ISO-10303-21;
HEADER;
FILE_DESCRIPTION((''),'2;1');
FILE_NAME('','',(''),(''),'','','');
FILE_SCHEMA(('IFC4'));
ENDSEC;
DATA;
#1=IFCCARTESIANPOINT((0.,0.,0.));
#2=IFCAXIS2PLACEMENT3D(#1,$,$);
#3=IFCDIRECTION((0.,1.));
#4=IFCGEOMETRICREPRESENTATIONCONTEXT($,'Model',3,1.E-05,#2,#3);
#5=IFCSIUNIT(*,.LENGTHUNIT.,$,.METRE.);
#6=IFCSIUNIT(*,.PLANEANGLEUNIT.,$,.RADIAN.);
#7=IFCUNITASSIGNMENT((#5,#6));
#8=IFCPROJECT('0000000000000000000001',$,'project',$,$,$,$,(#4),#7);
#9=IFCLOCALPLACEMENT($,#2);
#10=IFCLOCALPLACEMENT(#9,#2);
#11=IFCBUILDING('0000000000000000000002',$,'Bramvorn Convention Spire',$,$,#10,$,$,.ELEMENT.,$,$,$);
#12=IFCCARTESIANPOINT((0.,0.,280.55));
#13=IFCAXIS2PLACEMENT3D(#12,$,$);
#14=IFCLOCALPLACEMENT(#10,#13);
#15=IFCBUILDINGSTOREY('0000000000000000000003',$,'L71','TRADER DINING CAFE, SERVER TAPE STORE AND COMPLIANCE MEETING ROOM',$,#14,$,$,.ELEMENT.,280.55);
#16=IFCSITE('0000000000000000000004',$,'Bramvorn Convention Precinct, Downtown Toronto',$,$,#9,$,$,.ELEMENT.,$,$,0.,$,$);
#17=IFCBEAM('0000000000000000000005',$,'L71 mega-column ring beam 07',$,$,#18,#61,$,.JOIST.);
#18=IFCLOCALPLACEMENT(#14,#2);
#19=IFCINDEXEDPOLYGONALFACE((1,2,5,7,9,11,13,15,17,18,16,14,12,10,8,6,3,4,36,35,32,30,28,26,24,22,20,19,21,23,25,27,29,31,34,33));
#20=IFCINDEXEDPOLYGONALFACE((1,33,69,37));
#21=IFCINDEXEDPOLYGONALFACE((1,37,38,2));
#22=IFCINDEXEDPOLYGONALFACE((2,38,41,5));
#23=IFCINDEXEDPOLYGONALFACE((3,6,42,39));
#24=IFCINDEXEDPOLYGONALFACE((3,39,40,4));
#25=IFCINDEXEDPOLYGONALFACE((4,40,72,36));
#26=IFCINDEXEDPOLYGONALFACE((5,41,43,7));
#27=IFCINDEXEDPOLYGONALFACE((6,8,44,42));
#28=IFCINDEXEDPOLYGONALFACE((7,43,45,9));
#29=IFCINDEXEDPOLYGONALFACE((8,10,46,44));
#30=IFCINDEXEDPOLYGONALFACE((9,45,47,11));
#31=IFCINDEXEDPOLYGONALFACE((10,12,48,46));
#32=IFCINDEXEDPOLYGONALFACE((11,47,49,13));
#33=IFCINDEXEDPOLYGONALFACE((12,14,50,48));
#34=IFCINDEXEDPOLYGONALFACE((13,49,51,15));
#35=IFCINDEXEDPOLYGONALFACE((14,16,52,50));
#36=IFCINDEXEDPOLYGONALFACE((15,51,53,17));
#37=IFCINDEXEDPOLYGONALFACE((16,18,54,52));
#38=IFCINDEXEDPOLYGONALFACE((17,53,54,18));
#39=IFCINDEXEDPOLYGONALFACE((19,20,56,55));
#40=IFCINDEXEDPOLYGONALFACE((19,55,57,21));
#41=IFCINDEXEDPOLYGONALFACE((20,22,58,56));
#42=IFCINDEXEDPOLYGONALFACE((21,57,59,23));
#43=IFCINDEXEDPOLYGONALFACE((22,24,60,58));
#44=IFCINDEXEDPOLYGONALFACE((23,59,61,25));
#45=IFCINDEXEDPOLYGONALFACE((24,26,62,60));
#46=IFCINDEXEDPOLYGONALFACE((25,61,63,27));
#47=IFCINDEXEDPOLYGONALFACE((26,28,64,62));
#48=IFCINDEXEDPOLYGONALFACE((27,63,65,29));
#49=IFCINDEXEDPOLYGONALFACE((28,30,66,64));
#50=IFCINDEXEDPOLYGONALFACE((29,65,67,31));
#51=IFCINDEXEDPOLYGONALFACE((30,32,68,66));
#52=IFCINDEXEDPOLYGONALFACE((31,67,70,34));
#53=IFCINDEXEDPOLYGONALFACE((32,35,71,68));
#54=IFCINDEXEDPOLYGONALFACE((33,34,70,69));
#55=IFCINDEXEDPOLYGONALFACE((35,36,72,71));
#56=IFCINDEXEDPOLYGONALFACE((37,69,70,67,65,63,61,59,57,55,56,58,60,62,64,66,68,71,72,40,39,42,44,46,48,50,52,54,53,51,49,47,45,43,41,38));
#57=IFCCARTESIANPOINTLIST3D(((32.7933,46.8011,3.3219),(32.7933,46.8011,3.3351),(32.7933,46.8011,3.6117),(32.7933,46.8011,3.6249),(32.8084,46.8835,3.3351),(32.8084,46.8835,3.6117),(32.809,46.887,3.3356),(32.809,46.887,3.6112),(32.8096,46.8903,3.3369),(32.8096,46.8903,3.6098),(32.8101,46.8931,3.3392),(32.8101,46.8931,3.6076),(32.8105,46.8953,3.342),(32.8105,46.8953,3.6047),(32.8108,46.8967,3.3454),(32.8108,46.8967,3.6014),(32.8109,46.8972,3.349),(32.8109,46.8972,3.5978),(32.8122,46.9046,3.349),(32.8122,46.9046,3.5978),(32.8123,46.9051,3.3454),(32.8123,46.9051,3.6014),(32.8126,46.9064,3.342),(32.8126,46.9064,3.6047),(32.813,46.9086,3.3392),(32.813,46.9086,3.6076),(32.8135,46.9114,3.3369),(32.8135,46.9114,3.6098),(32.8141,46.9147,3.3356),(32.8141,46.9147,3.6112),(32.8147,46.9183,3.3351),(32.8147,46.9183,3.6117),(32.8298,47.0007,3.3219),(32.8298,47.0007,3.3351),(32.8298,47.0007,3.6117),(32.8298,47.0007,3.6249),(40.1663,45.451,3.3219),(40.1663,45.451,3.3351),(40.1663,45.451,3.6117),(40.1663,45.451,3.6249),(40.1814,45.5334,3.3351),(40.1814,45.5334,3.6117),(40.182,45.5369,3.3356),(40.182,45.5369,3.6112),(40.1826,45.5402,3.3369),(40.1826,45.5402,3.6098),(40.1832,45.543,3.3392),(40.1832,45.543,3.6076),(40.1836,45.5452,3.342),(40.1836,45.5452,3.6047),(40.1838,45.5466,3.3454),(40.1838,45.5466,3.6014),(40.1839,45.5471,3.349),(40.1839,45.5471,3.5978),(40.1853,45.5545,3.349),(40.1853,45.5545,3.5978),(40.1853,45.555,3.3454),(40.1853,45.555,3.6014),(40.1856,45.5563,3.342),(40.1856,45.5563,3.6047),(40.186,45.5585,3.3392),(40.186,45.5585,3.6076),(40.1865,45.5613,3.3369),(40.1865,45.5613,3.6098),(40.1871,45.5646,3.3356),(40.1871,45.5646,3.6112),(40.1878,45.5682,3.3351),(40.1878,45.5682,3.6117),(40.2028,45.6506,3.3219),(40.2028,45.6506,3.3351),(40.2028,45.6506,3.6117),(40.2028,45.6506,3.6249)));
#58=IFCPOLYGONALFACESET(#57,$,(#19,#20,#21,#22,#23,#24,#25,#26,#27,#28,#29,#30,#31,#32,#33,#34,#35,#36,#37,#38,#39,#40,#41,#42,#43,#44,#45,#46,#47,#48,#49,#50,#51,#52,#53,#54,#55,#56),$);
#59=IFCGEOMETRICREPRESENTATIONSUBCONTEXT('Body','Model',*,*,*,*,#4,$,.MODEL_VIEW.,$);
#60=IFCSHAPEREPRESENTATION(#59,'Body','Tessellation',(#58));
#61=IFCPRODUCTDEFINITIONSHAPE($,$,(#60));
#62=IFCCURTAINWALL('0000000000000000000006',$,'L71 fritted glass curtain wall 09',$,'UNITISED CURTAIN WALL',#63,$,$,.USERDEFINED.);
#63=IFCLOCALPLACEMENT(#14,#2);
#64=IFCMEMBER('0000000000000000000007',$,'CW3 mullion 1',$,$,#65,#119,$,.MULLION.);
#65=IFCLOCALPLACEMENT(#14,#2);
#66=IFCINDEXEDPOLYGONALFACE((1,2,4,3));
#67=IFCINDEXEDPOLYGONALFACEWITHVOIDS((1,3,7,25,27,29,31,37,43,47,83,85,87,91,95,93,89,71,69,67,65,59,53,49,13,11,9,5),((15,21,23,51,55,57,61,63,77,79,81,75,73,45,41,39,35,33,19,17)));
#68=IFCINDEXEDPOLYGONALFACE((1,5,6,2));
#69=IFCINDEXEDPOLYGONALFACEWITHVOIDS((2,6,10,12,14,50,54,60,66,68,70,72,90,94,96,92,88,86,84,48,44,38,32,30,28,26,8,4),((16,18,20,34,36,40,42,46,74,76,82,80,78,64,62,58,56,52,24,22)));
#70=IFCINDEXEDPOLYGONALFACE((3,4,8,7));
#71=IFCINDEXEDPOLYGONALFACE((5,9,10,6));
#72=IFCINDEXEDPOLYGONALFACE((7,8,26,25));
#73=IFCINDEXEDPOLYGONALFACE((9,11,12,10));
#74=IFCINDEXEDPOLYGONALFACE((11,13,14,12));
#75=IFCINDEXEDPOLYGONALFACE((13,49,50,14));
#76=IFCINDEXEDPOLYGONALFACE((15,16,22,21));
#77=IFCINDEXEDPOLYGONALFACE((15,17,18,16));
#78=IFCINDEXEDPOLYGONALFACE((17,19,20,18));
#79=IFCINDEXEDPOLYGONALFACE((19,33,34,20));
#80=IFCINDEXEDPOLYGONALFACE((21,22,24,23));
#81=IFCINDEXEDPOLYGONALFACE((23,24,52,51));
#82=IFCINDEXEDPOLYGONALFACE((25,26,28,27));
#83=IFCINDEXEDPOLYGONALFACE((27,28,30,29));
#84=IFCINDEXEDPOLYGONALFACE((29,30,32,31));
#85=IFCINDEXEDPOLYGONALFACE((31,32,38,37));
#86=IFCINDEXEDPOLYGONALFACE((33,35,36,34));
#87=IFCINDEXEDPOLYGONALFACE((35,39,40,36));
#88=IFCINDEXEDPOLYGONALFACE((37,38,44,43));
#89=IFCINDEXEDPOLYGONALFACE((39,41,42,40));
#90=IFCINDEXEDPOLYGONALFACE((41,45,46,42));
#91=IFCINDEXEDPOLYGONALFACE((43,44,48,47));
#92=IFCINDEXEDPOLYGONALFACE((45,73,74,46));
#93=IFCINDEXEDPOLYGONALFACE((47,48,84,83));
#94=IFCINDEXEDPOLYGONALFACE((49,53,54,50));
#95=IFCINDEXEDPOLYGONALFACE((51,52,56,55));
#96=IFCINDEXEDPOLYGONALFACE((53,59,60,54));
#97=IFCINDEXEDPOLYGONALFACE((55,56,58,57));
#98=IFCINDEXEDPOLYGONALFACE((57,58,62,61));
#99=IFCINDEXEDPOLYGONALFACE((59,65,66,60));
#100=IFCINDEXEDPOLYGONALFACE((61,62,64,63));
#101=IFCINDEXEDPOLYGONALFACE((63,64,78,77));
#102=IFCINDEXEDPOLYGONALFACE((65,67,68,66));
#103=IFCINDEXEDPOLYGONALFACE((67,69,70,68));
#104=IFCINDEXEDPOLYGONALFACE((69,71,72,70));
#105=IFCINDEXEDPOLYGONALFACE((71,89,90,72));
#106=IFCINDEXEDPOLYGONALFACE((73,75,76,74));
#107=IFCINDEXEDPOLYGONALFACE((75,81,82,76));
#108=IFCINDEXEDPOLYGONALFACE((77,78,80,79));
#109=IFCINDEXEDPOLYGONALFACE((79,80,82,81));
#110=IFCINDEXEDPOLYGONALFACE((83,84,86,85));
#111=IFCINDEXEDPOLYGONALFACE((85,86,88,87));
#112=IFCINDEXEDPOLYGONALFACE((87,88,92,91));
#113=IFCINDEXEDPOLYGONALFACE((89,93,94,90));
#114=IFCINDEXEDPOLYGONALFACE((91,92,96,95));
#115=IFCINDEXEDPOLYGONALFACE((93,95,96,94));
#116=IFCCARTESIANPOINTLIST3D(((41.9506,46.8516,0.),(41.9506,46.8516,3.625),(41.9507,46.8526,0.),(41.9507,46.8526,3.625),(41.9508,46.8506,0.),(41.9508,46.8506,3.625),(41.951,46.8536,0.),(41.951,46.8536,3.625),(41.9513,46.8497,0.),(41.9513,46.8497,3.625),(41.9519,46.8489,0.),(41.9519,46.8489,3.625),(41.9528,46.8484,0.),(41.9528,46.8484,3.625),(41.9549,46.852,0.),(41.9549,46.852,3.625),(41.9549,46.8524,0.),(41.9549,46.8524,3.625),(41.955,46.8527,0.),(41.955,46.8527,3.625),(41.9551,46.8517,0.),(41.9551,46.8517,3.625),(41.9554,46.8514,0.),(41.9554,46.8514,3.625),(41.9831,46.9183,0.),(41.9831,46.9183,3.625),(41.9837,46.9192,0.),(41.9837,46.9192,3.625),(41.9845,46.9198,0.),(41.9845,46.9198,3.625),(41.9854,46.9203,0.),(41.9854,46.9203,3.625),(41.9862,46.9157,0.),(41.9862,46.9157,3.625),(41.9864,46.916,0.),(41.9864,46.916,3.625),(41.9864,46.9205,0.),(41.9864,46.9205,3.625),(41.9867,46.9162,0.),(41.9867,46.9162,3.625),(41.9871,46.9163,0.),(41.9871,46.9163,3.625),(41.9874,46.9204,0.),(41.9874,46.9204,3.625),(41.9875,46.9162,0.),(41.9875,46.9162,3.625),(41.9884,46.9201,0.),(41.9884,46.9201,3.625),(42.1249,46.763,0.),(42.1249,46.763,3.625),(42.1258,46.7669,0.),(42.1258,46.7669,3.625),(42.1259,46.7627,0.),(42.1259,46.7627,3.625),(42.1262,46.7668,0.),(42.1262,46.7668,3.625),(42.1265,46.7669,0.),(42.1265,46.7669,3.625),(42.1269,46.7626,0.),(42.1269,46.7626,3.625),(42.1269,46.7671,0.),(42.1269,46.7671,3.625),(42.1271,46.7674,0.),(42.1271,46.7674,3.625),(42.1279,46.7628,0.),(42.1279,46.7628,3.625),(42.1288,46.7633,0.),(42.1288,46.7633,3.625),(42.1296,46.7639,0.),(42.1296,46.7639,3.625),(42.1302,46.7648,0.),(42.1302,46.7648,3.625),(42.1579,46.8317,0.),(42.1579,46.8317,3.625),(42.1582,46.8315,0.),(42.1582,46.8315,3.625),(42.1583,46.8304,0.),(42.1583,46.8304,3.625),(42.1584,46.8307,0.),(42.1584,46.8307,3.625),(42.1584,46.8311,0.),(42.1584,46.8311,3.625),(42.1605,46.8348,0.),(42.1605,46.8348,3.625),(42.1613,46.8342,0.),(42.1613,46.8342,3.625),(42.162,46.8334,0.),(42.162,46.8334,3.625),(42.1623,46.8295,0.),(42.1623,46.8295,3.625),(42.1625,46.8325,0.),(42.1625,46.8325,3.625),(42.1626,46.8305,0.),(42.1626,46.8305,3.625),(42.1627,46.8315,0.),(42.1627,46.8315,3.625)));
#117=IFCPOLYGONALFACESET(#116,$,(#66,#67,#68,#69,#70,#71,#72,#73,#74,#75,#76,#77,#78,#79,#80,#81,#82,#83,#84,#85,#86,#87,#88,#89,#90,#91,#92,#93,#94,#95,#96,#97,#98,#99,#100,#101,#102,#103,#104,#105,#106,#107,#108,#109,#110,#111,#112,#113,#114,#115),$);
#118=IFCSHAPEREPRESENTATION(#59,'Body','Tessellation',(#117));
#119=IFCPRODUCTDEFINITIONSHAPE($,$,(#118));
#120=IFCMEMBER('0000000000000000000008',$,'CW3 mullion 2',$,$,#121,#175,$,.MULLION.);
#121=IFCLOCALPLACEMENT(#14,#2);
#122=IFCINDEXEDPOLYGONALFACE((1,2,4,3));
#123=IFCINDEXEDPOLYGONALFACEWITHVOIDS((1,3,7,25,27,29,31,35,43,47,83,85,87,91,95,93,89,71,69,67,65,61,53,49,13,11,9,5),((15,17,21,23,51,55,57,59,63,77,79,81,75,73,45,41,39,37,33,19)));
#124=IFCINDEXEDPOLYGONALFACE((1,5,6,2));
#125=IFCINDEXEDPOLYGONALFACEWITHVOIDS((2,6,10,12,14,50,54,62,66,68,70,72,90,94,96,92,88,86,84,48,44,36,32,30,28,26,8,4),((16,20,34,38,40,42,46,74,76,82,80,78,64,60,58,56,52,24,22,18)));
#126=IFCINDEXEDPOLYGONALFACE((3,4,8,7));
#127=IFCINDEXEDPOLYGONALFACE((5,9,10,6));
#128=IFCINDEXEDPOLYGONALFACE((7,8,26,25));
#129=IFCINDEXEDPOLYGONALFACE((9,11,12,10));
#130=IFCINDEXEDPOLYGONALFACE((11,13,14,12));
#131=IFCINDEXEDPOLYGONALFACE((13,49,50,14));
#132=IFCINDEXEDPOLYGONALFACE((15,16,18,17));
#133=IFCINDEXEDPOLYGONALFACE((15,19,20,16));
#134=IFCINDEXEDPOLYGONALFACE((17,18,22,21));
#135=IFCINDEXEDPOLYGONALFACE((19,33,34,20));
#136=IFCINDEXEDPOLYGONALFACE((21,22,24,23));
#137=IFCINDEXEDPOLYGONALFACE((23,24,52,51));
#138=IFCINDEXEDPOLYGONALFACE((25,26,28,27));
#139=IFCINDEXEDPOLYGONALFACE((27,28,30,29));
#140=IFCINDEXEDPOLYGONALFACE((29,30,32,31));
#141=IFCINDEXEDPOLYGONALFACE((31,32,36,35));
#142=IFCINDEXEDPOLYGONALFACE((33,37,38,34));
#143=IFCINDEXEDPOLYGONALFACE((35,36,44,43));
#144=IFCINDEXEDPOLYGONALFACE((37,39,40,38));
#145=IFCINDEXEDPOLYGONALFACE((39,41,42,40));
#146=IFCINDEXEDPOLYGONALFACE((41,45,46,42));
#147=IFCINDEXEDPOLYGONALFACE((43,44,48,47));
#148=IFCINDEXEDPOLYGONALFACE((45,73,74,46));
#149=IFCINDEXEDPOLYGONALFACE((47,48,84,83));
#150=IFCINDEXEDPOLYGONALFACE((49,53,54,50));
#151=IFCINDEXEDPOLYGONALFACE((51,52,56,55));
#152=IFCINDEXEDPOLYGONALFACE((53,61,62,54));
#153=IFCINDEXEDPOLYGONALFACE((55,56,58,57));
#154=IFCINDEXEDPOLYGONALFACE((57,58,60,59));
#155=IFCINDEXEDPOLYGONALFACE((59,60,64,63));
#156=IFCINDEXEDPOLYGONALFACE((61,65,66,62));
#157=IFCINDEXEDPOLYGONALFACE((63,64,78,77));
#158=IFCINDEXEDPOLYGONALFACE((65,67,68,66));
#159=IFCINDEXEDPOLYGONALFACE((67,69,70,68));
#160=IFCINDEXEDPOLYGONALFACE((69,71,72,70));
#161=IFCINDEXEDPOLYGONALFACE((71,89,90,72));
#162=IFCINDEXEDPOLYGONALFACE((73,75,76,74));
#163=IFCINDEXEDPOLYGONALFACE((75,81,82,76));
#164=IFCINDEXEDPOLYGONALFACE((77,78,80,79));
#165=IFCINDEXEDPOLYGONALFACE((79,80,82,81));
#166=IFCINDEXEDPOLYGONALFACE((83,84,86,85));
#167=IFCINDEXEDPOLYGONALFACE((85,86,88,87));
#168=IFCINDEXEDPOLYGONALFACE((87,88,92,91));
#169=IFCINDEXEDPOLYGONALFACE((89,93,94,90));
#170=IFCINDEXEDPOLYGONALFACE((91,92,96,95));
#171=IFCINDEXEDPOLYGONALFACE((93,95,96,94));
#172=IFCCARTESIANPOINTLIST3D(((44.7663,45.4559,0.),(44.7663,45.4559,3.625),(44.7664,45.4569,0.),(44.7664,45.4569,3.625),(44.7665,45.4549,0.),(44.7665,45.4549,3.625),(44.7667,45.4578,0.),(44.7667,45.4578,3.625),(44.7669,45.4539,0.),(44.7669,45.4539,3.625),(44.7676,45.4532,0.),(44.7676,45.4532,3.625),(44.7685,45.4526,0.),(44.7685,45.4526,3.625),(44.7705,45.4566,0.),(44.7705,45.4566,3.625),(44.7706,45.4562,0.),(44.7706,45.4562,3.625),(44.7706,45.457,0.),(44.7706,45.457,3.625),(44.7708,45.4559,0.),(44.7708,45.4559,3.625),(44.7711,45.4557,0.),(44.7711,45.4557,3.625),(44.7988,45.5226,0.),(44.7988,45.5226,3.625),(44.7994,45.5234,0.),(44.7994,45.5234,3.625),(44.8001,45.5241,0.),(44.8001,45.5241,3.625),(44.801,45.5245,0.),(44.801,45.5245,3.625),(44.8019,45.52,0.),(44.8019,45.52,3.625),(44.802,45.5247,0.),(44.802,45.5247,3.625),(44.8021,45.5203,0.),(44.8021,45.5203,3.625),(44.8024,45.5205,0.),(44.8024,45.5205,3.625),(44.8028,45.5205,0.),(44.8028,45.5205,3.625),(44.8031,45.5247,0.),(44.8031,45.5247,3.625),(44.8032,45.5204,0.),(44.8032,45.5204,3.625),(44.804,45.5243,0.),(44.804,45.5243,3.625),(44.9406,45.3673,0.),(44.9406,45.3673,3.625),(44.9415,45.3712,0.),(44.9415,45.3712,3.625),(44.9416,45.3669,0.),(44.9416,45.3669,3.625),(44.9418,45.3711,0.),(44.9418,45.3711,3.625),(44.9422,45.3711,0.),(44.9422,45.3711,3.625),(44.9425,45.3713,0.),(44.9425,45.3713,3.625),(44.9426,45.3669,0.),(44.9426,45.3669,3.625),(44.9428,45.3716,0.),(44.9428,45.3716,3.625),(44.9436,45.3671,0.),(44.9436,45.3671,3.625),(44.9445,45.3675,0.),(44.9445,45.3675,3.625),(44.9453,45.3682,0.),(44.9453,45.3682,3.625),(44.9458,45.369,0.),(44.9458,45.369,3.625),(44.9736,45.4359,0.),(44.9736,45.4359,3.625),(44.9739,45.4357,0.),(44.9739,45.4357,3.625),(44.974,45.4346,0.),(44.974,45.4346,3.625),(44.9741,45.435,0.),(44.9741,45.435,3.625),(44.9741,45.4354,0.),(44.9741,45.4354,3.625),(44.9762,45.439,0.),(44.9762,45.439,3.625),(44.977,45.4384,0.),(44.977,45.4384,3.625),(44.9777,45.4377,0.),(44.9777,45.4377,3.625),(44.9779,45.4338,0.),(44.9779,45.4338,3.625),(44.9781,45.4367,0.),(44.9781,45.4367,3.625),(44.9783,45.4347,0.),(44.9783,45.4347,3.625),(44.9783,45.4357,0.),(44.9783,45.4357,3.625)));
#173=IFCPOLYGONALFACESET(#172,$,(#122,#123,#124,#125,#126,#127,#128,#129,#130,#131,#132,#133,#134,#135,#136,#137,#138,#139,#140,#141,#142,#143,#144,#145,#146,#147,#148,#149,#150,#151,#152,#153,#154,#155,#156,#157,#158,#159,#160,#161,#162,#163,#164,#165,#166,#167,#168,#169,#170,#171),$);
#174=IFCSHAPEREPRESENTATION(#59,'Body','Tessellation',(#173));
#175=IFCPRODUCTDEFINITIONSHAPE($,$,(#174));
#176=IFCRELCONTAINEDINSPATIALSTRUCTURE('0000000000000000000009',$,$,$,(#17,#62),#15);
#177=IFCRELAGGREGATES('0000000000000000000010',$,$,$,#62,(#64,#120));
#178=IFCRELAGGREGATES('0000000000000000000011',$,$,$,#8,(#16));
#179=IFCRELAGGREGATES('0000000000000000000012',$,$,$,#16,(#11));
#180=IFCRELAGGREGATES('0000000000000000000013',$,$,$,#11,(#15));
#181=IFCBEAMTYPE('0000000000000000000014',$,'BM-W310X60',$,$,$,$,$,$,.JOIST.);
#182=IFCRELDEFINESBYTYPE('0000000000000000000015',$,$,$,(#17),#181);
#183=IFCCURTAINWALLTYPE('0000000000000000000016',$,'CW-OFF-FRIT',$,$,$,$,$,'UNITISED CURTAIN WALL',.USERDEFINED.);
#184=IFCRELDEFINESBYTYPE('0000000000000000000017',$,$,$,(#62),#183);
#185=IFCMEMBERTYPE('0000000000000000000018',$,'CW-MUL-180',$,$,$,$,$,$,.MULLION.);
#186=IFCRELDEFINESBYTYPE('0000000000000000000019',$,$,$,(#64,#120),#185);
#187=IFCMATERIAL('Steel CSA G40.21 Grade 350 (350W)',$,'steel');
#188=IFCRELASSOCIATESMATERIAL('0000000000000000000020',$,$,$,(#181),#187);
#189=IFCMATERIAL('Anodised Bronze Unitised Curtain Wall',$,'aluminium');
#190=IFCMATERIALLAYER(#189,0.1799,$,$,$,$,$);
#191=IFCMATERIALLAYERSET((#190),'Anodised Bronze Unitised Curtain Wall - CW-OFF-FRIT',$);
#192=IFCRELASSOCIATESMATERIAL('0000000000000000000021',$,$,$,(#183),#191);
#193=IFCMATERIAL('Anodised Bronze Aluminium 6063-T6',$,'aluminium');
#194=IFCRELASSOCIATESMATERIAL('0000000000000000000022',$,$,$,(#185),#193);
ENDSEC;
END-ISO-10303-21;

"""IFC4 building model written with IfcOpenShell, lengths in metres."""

from ifc_helpers import new_model, si_unit, direction, frame, origin, origin_2d, place, context, subcontext, project, spatial, hollow_rectangle, i_section, extrude, material, layer, layer_set, material_profile, profile_set, type_object, element, aggregate, save


model = new_model("IFC4")

# Units and contexts
model_context = context("Model", 3, precision=1e-05, world=origin(), true_north=direction((0.0, 1.0)))
body_context = subcontext(model_context, "Body", "Model", "MODEL_VIEW")
ifc_project = project(units=[si_unit("LENGTHUNIT", "METRE"), si_unit("PLANEANGLEUNIT", "RADIAN")], contexts=[model_context])

# Site, building, storey
site_placement = place(None, origin())
site = spatial("IfcSite", under=ifc_project, at=site_placement, Name="Bramvorn Convention Precinct, Downtown Toronto", CompositionType="ELEMENT", RefElevation=0.0)
building_placement = place(site_placement, origin())
building = spatial("IfcBuilding", under=site, at=building_placement, Name="Bramvorn Convention Spire", CompositionType="ELEMENT")
storey_placement = place(building_placement, frame((0.0, 0.0, 280.55)))
storey = spatial("IfcBuildingStorey", under=building, at=storey_placement, Name="L71", Description="TRADER DINING CAFE, SERVER TAPE STORE AND COMPLIANCE MEETING ROOM", CompositionType="ELEMENT", Elevation=280.55)

# Shared definitions
ifc_material_1 = material(Name="Steel CSA G40.21 Grade 350 (350W)", Category="steel")

# Beam
ifc_material_profile_1 = material_profile(ifc_material_1, i_section(OverallWidth=0.2029, OverallDepth=0.303, WebThickness=0.0076, FlangeThickness=0.0132, FilletRadius=0.0139, at=origin_2d()))
ifc_profile_set_1 = profile_set([ifc_material_profile_1], Name="Steel CSA G40.21 Grade 350 (350W) - W310X60")
beam_type_1 = type_object("IfcBeamType", Name="BM-W310X60", PredefinedType="JOIST", material=ifc_profile_set_1)
beam_1_placement = place(storey_placement, frame((40.1846, 45.5508, 3.4734), z_axis=(-0.983645, 0.180118, 0.0), x_axis=(-0.180118, -0.983645, 0.0)))
element("IfcBeam", 1, at=beam_1_placement, inside=storey, type_object=beam_type_1, Name="L71 mega-column ring beam 07", PredefinedType="JOIST", context=body_context, shape_type="SweptSolid", body=[
    extrude(i_section(OverallWidth=0.2029, OverallDepth=0.303, WebThickness=0.0076, FlangeThickness=0.0132, FilletRadius=0.0139, at=origin_2d()), origin(), (0.0, 0.0, 1.0), 7.4956),
])

# Curtain wall, members
ifc_material_2 = material(Name="Anodised Bronze Unitised Curtain Wall", Category="aluminium")
ifc_layer_1 = layer(ifc_material_2, 0.1799)
ifc_layer_set_1 = layer_set([ifc_layer_1], Name="Anodised Bronze Unitised Curtain Wall - CW-OFF-FRIT")
curtain_wall_type = type_object("IfcCurtainWallType", Name="CW-OFF-FRIT", ElementType="UNITISED CURTAIN WALL", PredefinedType="USERDEFINED", material=ifc_layer_set_1)
curtain_wall_1_placement = place(storey_placement, origin())
curtain_wall_1 = element("IfcCurtainWall", 2, at=curtain_wall_1_placement, inside=storey, type_object=curtain_wall_type, Name="L71 fritted glass curtain wall 09", ObjectType="UNITISED CURTAIN WALL", PredefinedType="USERDEFINED")
ifc_material_3 = material(Name="Anodised Bronze Aluminium 6063-T6", Category="aluminium")
ifc_material_profile_2 = material_profile(ifc_material_3, hollow_rectangle(XDim=0.0801, YDim=0.2, WallThickness=0.0039, InnerFilletRadius=0.001, OuterFilletRadius=0.0039, at=origin_2d()))
ifc_profile_set_2 = profile_set([ifc_material_profile_2], Name="Anodised Bronze Aluminium 6063-T6 - CWM80X200")
member_type_1 = type_object("IfcMemberType", Name="CW-MUL-180", PredefinedType="MULLION", material=ifc_profile_set_2)
member_1_placement = place(storey_placement, frame((42.0566, 46.8416, 0.0), z_axis=(0.0, 0.0, 1.0), x_axis=(0.444179, 0.895938, 0.0)))
member_1 = element("IfcMember", 3, at=member_1_placement, type_object=member_type_1, Name="CW3 mullion 1", PredefinedType="MULLION", context=body_context, shape_type="SweptSolid", body=[
    extrude(hollow_rectangle(XDim=0.0801, YDim=0.2, WallThickness=0.0039, InnerFilletRadius=0.001, OuterFilletRadius=0.0039, at=origin_2d()), origin(), (0.0, 0.0, 1.0), 3.625),
])
member_2_placement = place(storey_placement, frame((44.8723, 45.4458, 0.0), z_axis=(0.0, 0.0, 1.0), x_axis=(0.444179, 0.895938, 0.0)))
member_2 = element("IfcMember", 4, at=member_2_placement, type_object=member_type_1, Name="CW3 mullion 2", PredefinedType="MULLION", context=body_context, shape_type="SweptSolid", body=[
    extrude(hollow_rectangle(XDim=0.0801, YDim=0.2, WallThickness=0.0039, InnerFilletRadius=0.001, OuterFilletRadius=0.0039, at=origin_2d()), origin(), (0.0, 0.0, 1.0), 3.625),
])

aggregate(curtain_wall_1, [member_1, member_2])

save(model, "model.ifc")
